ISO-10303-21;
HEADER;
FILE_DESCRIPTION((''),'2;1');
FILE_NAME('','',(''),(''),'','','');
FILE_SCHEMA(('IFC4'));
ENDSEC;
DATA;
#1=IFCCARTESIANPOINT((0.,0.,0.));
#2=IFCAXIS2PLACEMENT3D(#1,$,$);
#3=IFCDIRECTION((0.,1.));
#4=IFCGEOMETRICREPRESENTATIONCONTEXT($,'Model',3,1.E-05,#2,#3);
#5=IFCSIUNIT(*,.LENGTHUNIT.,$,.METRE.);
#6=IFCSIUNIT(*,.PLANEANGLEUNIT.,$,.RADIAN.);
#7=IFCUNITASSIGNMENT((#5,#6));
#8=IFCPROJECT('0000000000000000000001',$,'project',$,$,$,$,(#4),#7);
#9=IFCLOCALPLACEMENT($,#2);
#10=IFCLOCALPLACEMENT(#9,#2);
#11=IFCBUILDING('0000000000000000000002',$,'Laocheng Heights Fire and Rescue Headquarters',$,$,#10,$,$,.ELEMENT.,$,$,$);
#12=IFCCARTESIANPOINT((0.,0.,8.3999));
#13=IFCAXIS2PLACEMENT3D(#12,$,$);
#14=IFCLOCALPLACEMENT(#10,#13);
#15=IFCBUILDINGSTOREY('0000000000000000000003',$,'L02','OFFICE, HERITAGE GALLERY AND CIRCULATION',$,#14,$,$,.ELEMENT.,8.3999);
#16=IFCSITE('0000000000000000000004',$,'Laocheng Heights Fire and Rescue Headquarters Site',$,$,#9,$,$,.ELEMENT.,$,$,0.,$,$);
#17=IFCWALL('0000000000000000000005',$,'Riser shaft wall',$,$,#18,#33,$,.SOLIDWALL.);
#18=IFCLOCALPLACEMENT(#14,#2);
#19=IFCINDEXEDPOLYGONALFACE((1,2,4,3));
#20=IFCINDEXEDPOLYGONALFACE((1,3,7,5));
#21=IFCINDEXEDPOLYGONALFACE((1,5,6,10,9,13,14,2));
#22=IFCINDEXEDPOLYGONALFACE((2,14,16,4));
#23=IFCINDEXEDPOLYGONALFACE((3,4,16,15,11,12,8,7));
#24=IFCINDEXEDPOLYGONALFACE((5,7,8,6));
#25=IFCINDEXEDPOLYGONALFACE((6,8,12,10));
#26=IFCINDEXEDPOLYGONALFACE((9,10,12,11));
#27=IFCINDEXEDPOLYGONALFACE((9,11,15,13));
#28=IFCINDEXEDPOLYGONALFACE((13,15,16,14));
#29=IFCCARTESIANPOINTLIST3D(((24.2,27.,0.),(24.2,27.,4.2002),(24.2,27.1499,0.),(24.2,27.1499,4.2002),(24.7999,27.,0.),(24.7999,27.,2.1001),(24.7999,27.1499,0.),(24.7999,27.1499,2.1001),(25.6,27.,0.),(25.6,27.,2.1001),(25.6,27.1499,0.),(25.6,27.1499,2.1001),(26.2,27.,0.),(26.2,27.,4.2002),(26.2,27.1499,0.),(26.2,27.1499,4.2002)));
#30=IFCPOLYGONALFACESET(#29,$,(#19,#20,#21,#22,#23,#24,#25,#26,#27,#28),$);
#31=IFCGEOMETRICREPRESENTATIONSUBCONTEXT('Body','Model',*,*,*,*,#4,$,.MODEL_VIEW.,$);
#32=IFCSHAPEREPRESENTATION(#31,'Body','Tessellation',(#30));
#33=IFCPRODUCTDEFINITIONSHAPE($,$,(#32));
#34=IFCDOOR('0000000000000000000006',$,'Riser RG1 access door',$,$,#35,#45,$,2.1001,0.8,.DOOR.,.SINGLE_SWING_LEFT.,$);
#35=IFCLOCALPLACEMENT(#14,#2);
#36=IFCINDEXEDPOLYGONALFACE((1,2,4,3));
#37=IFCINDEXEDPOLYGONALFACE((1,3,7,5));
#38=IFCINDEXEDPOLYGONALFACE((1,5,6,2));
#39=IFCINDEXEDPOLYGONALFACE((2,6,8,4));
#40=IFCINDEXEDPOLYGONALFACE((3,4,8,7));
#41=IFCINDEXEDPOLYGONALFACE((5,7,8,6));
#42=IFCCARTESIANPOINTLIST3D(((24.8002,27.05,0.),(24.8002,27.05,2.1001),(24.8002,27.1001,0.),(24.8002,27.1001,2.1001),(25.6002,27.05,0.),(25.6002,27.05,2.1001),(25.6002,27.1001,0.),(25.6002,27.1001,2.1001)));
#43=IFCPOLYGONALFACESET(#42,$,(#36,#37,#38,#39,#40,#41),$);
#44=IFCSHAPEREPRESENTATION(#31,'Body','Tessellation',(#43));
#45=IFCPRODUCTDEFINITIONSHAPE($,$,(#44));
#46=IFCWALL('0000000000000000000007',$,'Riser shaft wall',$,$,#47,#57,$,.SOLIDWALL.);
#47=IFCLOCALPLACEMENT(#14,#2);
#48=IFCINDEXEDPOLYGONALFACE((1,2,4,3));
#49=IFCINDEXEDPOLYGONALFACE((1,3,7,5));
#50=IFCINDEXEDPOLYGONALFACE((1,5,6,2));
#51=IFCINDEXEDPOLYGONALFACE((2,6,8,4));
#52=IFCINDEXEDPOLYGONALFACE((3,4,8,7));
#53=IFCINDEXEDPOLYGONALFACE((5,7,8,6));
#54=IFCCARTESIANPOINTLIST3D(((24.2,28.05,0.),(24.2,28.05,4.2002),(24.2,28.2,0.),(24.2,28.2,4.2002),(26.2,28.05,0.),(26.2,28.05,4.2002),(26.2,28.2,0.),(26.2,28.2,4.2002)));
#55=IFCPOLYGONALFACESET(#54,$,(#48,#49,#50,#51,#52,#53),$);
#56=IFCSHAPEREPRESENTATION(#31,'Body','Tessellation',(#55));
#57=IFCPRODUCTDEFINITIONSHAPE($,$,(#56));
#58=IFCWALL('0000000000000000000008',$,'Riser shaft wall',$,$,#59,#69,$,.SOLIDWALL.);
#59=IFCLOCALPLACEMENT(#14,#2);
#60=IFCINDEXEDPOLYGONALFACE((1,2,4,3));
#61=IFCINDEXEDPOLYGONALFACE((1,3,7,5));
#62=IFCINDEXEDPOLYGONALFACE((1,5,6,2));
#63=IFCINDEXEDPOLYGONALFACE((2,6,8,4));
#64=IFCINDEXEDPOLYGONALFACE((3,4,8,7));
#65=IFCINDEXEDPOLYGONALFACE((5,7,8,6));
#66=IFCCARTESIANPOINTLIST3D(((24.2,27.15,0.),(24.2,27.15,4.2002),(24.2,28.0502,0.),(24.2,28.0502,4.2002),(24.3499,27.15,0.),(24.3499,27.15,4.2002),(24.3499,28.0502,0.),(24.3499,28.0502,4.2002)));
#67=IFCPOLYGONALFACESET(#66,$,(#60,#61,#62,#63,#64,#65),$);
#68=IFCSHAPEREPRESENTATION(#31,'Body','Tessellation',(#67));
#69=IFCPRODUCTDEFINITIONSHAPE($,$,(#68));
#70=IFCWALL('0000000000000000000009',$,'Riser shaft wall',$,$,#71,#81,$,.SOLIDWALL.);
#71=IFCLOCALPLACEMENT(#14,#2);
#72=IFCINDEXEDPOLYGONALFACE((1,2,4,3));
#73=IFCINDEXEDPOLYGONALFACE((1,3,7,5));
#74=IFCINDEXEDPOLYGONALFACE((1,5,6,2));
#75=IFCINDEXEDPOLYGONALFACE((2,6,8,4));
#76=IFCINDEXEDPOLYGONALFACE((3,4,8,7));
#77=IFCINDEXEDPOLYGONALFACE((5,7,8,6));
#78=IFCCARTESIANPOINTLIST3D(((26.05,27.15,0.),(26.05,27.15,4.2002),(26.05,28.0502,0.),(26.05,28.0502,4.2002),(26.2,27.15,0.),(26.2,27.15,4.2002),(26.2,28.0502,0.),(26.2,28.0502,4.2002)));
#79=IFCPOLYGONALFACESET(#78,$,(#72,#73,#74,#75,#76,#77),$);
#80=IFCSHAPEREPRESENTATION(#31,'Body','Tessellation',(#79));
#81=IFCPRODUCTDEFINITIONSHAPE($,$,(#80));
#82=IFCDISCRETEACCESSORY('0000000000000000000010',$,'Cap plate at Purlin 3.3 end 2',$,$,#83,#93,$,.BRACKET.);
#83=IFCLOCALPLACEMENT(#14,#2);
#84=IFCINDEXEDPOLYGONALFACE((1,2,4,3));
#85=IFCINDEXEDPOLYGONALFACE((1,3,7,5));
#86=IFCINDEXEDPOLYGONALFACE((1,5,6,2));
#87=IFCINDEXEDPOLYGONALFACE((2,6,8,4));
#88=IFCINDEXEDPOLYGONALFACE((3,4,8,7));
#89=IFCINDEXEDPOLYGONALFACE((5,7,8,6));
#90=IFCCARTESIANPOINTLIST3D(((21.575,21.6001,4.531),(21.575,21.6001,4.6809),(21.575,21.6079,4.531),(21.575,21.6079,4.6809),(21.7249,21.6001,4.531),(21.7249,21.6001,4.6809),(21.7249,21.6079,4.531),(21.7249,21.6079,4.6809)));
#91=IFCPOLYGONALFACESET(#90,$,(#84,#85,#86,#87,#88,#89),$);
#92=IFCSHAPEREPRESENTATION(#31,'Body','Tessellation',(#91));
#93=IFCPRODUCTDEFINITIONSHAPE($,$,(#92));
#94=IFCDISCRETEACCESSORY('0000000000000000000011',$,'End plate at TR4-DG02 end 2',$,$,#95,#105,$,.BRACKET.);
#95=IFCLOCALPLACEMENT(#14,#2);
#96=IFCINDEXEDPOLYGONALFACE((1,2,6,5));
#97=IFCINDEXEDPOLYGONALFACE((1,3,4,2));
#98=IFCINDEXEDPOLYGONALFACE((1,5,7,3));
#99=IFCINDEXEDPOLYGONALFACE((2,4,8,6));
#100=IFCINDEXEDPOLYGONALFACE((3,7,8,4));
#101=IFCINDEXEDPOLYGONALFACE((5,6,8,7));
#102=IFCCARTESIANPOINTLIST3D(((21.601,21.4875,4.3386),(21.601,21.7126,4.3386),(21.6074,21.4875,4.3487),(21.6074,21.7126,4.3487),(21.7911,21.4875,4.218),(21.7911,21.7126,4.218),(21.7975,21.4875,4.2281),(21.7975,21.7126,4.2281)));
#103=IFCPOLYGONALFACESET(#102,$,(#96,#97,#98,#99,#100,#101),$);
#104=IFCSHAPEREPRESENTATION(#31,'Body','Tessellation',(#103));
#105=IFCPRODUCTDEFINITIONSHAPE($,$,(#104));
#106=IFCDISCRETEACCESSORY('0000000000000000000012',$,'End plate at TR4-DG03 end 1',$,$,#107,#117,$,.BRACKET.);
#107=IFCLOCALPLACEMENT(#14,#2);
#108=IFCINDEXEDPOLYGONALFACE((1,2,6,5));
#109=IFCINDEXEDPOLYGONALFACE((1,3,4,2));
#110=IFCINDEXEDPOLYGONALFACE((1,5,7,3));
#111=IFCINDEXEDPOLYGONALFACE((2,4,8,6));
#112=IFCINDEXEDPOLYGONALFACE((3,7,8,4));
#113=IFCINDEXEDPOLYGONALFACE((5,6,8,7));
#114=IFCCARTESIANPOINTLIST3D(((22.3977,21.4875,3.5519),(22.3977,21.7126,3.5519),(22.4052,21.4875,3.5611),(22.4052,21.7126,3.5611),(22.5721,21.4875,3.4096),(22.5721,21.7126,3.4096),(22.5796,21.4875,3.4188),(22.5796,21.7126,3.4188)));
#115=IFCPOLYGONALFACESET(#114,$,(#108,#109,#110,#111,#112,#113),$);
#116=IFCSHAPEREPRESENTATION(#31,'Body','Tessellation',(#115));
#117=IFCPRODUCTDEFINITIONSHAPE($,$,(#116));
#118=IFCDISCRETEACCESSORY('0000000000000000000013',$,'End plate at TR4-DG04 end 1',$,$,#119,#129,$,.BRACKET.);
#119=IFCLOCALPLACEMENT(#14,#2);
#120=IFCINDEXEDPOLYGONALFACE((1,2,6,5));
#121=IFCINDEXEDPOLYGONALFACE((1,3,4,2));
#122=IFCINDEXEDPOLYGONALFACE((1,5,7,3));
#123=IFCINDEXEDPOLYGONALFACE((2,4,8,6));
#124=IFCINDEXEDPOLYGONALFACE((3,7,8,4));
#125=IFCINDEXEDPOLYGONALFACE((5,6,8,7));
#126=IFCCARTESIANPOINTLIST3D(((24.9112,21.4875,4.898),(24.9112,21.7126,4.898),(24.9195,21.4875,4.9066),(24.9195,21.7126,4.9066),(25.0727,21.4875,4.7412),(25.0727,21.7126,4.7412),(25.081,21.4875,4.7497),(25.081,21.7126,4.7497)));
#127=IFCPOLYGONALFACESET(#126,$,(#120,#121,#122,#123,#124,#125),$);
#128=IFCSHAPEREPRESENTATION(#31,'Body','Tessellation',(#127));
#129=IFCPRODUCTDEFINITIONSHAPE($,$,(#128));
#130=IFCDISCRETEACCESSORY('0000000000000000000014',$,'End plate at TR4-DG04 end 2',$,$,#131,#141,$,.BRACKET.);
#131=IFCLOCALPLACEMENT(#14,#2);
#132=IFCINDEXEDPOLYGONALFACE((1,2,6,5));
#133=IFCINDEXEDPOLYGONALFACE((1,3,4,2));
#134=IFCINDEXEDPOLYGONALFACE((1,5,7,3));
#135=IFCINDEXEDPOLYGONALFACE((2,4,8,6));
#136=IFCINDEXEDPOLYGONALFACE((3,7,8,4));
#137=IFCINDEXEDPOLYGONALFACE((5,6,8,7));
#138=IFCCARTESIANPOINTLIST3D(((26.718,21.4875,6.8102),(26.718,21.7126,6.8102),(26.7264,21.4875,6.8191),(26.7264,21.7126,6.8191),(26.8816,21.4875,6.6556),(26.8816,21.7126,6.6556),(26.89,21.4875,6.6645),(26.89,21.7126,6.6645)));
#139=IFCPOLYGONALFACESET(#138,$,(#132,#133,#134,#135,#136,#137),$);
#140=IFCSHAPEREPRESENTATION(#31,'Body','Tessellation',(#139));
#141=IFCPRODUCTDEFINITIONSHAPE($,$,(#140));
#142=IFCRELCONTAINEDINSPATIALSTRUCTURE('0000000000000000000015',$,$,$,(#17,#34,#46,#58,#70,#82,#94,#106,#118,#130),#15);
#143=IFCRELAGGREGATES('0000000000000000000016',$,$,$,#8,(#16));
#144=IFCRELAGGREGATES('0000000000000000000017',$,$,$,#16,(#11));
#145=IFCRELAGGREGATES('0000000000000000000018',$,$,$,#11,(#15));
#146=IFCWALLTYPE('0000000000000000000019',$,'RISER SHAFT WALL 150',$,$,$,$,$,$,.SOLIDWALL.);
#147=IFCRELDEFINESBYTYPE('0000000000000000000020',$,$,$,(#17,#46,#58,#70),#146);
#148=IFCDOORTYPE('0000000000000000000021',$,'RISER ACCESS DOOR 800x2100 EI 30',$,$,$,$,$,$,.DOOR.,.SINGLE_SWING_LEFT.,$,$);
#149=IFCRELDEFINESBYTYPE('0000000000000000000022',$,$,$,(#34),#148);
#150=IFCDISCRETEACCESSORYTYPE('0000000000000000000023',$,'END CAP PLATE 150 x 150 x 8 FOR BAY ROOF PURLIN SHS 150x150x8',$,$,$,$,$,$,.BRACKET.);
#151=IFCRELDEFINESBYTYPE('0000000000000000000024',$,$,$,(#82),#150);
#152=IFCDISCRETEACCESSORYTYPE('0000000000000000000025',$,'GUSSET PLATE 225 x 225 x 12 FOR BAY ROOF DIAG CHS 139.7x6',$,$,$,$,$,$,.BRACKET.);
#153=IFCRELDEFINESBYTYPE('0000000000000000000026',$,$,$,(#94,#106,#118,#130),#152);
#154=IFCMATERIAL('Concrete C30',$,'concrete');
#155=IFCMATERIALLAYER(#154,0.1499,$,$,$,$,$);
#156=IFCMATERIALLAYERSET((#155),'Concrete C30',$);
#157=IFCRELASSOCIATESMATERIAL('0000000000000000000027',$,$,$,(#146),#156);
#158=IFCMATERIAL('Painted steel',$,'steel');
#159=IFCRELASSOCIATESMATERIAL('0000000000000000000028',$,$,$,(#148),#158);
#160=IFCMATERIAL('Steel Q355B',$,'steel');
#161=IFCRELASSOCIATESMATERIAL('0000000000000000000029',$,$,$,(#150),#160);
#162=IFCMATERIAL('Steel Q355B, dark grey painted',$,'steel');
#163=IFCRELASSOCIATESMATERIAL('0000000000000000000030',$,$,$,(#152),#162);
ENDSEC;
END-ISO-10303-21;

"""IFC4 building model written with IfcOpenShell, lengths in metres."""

from ifc_helpers import new_model, si_unit, direction, frame, frame_2d, origin, origin_2d, place, context, subcontext, project, spatial, rectangle, extrude, material, layer, layer_set, material_profile, profile_set, type_object, element, fill, save


model = new_model("IFC4")

# Units and contexts
model_context = context("Model", 3, precision=1e-05, world=origin(), true_north=direction((0.0, 1.0)))
body_context = subcontext(model_context, "Body", "Model", "MODEL_VIEW")
ifc_project = project(units=[si_unit("LENGTHUNIT", "METRE"), si_unit("PLANEANGLEUNIT", "RADIAN")], contexts=[model_context])

# Site, building, storey
site_placement = place(None, origin())
site = spatial("IfcSite", under=ifc_project, at=site_placement, Name="Laocheng Heights Fire and Rescue Headquarters Site", CompositionType="ELEMENT", RefElevation=0.0)
building_placement = place(site_placement, origin())
building = spatial("IfcBuilding", under=site, at=building_placement, Name="Laocheng Heights Fire and Rescue Headquarters", CompositionType="ELEMENT")
storey_placement = place(building_placement, frame((0.0, 0.0, 8.3999)))
storey = spatial("IfcBuildingStorey", under=building, at=storey_placement, Name="L02", Description="OFFICE, HERITAGE GALLERY AND CIRCULATION", CompositionType="ELEMENT", Elevation=8.3999)

# Wall, opening, door
ifc_material_1 = material(Name="Concrete C30", Category="concrete")
ifc_layer_1 = layer(ifc_material_1, 0.1499)
ifc_layer_set_1 = layer_set([ifc_layer_1], Name="Concrete C30")
wall_type_1 = type_object("IfcWallType", Name="RISER SHAFT WALL 150", PredefinedType="SOLIDWALL", material=ifc_layer_set_1)
wall_1_placement = place(storey_placement, frame((24.2, 27.075, 0.0), z_axis=(0.0, 0.0, 1.0), x_axis=(1.0, 0.0, 0.0)))
wall_1 = element("IfcWall", 1, at=wall_1_placement, inside=storey, type_object=wall_type_1, Name="Riser shaft wall", PredefinedType="SOLIDWALL", context=body_context, shape_type="SweptSolid", body=[
    extrude(rectangle(XDim=2.0, YDim=0.1499, at=frame_2d((1.0, 0.0))), origin(), (0.0, 0.0, 1.0), 4.2002),
])
opening_1_placement = place(wall_1_placement, frame((0.6001, 0.0, 0.0)))
opening_1 = element("IfcOpeningElement", 2, at=opening_1_placement, cuts=wall_1, PredefinedType="OPENING", context=body_context, shape_type="SweptSolid", body=[
    extrude(rectangle(XDim=0.8, YDim=2.1001, at=frame_2d((0.3999, 1.05))), frame((0.0, 0.085, 0.0), z_axis=(0.0, -1.0, 0.0), x_axis=(1.0, 0.0, 0.0)), (0.0, 0.0, 1.0), 0.1699),
])
ifc_material_2 = material(Name="Painted steel", Category="steel")
door_type_1 = type_object("IfcDoorType", Name="RISER ACCESS DOOR 800x2100 EI 30", OperationType="SINGLE_SWING_LEFT", PredefinedType="DOOR", material=ifc_material_2)
door_1_placement = place(opening_1_placement, frame((0.8, 0.0, 0.0), z_axis=(0.0, 0.0, 1.0), x_axis=(-1.0, 0.0, 0.0)))
door_1 = element("IfcDoor", 3, at=door_1_placement, inside=storey, type_object=door_type_1, Name="Riser RG1 access door", OperationType="SINGLE_SWING_LEFT", OverallHeight=2.1001, OverallWidth=0.8, PredefinedType="DOOR", context=body_context, shape_type="SweptSolid", body=[
    extrude(rectangle(XDim=0.8, YDim=2.1001, at=frame_2d((0.3999, 1.05))), frame((0.0, 0.0249, 0.0), z_axis=(0.0, -1.0, 0.0), x_axis=(1.0, 0.0, 0.0)), (0.0, 0.0, 1.0), 0.05),
])
fill(opening_1, door_1)

# Walls
wall_2_placement = place(storey_placement, frame((24.2, 28.125, 0.0), z_axis=(0.0, 0.0, 1.0), x_axis=(1.0, 0.0, 0.0)))
element("IfcWall", 4, at=wall_2_placement, inside=storey, type_object=wall_type_1, Name="Riser shaft wall", PredefinedType="SOLIDWALL", context=body_context, shape_type="SweptSolid", body=[
    extrude(rectangle(XDim=2.0, YDim=0.1499, at=frame_2d((1.0, 0.0))), origin(), (0.0, 0.0, 1.0), 4.2002),
])
for number, where, z_axis, x_axis, name in (
    (5, (24.2749, 27.1499, 0.0), (0.0, 0.0, 1.0), (0.0, 1.0, 0.0), "Riser shaft wall"),
    (6, (26.125, 27.1499, 0.0), (0.0, 0.0, 1.0), (0.0, 1.0, 0.0), "Riser shaft wall"),
):
    element("IfcWall", number, at=place(storey_placement, frame(where, z_axis=z_axis, x_axis=x_axis)), inside=storey, type_object=wall_type_1, Name=name, PredefinedType="SOLIDWALL", context=body_context, shape_type="SweptSolid", body=[
        extrude(rectangle(XDim=0.9001, YDim=0.1499, at=frame_2d((0.4502, 0.0))), origin(), (0.0, 0.0, 1.0), 4.2002),
    ])

# Discrete accessories
ifc_material_3 = material(Name="Steel Q355B", Category="steel")
ifc_material_profile_1 = material_profile(ifc_material_3, rectangle(XDim=0.1499, YDim=0.1499, at=origin_2d()), Name="END CAP PLATE 150 x 150 x 8 FOR BAY ROOF PURLIN SHS 150x150x8")
ifc_profile_set_1 = profile_set([ifc_material_profile_1], Name="Steel Q355B")
discrete_accessory_type_1 = type_object("IfcDiscreteAccessoryType", Name="END CAP PLATE 150 x 150 x 8 FOR BAY ROOF PURLIN SHS 150x150x8", PredefinedType="BRACKET", material=ifc_profile_set_1)
discrete_accessory_1_placement = place(storey_placement, frame((21.6499, 21.6001, 4.606), z_axis=(0.0, 1.0, 0.0), x_axis=(-1.0, 0.0, 0.0)))
element("IfcDiscreteAccessory", 7, at=discrete_accessory_1_placement, inside=storey, type_object=discrete_accessory_type_1, Name="Cap plate at Purlin 3.3 end 2", PredefinedType="BRACKET", context=body_context, shape_type="SweptSolid", body=[
    extrude(rectangle(XDim=0.1499, YDim=0.1499, at=origin_2d()), origin(), (0.0, 0.0, 1.0), 0.0078),
])
ifc_material_4 = material(Name="Steel Q355B, dark grey painted", Category="steel")
ifc_material_profile_2 = material_profile(ifc_material_4, rectangle(XDim=0.2251, YDim=0.2251, at=origin_2d()), Name="GUSSET PLATE 225 x 225 x 12 FOR BAY ROOF DIAG CHS 139.7x6")
ifc_profile_set_2 = profile_set([ifc_material_profile_2], Name="Steel Q355B, dark grey painted")
discrete_accessory_type_2 = type_object("IfcDiscreteAccessoryType", Name="GUSSET PLATE 225 x 225 x 12 FOR BAY ROOF DIAG CHS 139.7x6", PredefinedType="BRACKET", material=ifc_profile_set_2)
for number, where, z_axis, x_axis, name in (
    (8, (21.696, 21.6001, 4.2783), (0.535542, 0.0, 0.844509), (0.0, 1.0, 0.0), "End plate at TR4-DG02 end 2"),
    (9, (22.4849, 21.6001, 3.4807), (0.632127, 0.0, 0.774865), (0.0, 1.0, 0.0), "End plate at TR4-DG03 end 1"),
    (10, (24.9919, 21.6001, 4.8196), (0.696786, 0.0, 0.717279), (0.0, 1.0, 0.0), "End plate at TR4-DG04 end 1"),
):
    element("IfcDiscreteAccessory", number, at=place(storey_placement, frame(where, z_axis=z_axis, x_axis=x_axis)), inside=storey, type_object=discrete_accessory_type_2, Name=name, PredefinedType="BRACKET", context=body_context, shape_type="SweptSolid", body=[
        extrude(rectangle(XDim=0.2251, YDim=0.2251, at=origin_2d()), origin(), (0.0, 0.0, 1.0), 0.012),
    ])
discrete_accessory_2_placement = place(storey_placement, frame((26.7998, 21.6001, 6.7329), z_axis=(0.686624, 0.0, 0.727013), x_axis=(0.0, 1.0, 0.0)))
element("IfcDiscreteAccessory", 11, at=discrete_accessory_2_placement, inside=storey, type_object=discrete_accessory_type_2, Name="End plate at TR4-DG04 end 2", PredefinedType="BRACKET", context=body_context, shape_type="SweptSolid", body=[
    extrude(rectangle(XDim=0.2251, YDim=0.2251, at=origin_2d()), origin(), (0.0, 0.0, 1.0), 0.0122),
])

save(model, "model.ifc")
